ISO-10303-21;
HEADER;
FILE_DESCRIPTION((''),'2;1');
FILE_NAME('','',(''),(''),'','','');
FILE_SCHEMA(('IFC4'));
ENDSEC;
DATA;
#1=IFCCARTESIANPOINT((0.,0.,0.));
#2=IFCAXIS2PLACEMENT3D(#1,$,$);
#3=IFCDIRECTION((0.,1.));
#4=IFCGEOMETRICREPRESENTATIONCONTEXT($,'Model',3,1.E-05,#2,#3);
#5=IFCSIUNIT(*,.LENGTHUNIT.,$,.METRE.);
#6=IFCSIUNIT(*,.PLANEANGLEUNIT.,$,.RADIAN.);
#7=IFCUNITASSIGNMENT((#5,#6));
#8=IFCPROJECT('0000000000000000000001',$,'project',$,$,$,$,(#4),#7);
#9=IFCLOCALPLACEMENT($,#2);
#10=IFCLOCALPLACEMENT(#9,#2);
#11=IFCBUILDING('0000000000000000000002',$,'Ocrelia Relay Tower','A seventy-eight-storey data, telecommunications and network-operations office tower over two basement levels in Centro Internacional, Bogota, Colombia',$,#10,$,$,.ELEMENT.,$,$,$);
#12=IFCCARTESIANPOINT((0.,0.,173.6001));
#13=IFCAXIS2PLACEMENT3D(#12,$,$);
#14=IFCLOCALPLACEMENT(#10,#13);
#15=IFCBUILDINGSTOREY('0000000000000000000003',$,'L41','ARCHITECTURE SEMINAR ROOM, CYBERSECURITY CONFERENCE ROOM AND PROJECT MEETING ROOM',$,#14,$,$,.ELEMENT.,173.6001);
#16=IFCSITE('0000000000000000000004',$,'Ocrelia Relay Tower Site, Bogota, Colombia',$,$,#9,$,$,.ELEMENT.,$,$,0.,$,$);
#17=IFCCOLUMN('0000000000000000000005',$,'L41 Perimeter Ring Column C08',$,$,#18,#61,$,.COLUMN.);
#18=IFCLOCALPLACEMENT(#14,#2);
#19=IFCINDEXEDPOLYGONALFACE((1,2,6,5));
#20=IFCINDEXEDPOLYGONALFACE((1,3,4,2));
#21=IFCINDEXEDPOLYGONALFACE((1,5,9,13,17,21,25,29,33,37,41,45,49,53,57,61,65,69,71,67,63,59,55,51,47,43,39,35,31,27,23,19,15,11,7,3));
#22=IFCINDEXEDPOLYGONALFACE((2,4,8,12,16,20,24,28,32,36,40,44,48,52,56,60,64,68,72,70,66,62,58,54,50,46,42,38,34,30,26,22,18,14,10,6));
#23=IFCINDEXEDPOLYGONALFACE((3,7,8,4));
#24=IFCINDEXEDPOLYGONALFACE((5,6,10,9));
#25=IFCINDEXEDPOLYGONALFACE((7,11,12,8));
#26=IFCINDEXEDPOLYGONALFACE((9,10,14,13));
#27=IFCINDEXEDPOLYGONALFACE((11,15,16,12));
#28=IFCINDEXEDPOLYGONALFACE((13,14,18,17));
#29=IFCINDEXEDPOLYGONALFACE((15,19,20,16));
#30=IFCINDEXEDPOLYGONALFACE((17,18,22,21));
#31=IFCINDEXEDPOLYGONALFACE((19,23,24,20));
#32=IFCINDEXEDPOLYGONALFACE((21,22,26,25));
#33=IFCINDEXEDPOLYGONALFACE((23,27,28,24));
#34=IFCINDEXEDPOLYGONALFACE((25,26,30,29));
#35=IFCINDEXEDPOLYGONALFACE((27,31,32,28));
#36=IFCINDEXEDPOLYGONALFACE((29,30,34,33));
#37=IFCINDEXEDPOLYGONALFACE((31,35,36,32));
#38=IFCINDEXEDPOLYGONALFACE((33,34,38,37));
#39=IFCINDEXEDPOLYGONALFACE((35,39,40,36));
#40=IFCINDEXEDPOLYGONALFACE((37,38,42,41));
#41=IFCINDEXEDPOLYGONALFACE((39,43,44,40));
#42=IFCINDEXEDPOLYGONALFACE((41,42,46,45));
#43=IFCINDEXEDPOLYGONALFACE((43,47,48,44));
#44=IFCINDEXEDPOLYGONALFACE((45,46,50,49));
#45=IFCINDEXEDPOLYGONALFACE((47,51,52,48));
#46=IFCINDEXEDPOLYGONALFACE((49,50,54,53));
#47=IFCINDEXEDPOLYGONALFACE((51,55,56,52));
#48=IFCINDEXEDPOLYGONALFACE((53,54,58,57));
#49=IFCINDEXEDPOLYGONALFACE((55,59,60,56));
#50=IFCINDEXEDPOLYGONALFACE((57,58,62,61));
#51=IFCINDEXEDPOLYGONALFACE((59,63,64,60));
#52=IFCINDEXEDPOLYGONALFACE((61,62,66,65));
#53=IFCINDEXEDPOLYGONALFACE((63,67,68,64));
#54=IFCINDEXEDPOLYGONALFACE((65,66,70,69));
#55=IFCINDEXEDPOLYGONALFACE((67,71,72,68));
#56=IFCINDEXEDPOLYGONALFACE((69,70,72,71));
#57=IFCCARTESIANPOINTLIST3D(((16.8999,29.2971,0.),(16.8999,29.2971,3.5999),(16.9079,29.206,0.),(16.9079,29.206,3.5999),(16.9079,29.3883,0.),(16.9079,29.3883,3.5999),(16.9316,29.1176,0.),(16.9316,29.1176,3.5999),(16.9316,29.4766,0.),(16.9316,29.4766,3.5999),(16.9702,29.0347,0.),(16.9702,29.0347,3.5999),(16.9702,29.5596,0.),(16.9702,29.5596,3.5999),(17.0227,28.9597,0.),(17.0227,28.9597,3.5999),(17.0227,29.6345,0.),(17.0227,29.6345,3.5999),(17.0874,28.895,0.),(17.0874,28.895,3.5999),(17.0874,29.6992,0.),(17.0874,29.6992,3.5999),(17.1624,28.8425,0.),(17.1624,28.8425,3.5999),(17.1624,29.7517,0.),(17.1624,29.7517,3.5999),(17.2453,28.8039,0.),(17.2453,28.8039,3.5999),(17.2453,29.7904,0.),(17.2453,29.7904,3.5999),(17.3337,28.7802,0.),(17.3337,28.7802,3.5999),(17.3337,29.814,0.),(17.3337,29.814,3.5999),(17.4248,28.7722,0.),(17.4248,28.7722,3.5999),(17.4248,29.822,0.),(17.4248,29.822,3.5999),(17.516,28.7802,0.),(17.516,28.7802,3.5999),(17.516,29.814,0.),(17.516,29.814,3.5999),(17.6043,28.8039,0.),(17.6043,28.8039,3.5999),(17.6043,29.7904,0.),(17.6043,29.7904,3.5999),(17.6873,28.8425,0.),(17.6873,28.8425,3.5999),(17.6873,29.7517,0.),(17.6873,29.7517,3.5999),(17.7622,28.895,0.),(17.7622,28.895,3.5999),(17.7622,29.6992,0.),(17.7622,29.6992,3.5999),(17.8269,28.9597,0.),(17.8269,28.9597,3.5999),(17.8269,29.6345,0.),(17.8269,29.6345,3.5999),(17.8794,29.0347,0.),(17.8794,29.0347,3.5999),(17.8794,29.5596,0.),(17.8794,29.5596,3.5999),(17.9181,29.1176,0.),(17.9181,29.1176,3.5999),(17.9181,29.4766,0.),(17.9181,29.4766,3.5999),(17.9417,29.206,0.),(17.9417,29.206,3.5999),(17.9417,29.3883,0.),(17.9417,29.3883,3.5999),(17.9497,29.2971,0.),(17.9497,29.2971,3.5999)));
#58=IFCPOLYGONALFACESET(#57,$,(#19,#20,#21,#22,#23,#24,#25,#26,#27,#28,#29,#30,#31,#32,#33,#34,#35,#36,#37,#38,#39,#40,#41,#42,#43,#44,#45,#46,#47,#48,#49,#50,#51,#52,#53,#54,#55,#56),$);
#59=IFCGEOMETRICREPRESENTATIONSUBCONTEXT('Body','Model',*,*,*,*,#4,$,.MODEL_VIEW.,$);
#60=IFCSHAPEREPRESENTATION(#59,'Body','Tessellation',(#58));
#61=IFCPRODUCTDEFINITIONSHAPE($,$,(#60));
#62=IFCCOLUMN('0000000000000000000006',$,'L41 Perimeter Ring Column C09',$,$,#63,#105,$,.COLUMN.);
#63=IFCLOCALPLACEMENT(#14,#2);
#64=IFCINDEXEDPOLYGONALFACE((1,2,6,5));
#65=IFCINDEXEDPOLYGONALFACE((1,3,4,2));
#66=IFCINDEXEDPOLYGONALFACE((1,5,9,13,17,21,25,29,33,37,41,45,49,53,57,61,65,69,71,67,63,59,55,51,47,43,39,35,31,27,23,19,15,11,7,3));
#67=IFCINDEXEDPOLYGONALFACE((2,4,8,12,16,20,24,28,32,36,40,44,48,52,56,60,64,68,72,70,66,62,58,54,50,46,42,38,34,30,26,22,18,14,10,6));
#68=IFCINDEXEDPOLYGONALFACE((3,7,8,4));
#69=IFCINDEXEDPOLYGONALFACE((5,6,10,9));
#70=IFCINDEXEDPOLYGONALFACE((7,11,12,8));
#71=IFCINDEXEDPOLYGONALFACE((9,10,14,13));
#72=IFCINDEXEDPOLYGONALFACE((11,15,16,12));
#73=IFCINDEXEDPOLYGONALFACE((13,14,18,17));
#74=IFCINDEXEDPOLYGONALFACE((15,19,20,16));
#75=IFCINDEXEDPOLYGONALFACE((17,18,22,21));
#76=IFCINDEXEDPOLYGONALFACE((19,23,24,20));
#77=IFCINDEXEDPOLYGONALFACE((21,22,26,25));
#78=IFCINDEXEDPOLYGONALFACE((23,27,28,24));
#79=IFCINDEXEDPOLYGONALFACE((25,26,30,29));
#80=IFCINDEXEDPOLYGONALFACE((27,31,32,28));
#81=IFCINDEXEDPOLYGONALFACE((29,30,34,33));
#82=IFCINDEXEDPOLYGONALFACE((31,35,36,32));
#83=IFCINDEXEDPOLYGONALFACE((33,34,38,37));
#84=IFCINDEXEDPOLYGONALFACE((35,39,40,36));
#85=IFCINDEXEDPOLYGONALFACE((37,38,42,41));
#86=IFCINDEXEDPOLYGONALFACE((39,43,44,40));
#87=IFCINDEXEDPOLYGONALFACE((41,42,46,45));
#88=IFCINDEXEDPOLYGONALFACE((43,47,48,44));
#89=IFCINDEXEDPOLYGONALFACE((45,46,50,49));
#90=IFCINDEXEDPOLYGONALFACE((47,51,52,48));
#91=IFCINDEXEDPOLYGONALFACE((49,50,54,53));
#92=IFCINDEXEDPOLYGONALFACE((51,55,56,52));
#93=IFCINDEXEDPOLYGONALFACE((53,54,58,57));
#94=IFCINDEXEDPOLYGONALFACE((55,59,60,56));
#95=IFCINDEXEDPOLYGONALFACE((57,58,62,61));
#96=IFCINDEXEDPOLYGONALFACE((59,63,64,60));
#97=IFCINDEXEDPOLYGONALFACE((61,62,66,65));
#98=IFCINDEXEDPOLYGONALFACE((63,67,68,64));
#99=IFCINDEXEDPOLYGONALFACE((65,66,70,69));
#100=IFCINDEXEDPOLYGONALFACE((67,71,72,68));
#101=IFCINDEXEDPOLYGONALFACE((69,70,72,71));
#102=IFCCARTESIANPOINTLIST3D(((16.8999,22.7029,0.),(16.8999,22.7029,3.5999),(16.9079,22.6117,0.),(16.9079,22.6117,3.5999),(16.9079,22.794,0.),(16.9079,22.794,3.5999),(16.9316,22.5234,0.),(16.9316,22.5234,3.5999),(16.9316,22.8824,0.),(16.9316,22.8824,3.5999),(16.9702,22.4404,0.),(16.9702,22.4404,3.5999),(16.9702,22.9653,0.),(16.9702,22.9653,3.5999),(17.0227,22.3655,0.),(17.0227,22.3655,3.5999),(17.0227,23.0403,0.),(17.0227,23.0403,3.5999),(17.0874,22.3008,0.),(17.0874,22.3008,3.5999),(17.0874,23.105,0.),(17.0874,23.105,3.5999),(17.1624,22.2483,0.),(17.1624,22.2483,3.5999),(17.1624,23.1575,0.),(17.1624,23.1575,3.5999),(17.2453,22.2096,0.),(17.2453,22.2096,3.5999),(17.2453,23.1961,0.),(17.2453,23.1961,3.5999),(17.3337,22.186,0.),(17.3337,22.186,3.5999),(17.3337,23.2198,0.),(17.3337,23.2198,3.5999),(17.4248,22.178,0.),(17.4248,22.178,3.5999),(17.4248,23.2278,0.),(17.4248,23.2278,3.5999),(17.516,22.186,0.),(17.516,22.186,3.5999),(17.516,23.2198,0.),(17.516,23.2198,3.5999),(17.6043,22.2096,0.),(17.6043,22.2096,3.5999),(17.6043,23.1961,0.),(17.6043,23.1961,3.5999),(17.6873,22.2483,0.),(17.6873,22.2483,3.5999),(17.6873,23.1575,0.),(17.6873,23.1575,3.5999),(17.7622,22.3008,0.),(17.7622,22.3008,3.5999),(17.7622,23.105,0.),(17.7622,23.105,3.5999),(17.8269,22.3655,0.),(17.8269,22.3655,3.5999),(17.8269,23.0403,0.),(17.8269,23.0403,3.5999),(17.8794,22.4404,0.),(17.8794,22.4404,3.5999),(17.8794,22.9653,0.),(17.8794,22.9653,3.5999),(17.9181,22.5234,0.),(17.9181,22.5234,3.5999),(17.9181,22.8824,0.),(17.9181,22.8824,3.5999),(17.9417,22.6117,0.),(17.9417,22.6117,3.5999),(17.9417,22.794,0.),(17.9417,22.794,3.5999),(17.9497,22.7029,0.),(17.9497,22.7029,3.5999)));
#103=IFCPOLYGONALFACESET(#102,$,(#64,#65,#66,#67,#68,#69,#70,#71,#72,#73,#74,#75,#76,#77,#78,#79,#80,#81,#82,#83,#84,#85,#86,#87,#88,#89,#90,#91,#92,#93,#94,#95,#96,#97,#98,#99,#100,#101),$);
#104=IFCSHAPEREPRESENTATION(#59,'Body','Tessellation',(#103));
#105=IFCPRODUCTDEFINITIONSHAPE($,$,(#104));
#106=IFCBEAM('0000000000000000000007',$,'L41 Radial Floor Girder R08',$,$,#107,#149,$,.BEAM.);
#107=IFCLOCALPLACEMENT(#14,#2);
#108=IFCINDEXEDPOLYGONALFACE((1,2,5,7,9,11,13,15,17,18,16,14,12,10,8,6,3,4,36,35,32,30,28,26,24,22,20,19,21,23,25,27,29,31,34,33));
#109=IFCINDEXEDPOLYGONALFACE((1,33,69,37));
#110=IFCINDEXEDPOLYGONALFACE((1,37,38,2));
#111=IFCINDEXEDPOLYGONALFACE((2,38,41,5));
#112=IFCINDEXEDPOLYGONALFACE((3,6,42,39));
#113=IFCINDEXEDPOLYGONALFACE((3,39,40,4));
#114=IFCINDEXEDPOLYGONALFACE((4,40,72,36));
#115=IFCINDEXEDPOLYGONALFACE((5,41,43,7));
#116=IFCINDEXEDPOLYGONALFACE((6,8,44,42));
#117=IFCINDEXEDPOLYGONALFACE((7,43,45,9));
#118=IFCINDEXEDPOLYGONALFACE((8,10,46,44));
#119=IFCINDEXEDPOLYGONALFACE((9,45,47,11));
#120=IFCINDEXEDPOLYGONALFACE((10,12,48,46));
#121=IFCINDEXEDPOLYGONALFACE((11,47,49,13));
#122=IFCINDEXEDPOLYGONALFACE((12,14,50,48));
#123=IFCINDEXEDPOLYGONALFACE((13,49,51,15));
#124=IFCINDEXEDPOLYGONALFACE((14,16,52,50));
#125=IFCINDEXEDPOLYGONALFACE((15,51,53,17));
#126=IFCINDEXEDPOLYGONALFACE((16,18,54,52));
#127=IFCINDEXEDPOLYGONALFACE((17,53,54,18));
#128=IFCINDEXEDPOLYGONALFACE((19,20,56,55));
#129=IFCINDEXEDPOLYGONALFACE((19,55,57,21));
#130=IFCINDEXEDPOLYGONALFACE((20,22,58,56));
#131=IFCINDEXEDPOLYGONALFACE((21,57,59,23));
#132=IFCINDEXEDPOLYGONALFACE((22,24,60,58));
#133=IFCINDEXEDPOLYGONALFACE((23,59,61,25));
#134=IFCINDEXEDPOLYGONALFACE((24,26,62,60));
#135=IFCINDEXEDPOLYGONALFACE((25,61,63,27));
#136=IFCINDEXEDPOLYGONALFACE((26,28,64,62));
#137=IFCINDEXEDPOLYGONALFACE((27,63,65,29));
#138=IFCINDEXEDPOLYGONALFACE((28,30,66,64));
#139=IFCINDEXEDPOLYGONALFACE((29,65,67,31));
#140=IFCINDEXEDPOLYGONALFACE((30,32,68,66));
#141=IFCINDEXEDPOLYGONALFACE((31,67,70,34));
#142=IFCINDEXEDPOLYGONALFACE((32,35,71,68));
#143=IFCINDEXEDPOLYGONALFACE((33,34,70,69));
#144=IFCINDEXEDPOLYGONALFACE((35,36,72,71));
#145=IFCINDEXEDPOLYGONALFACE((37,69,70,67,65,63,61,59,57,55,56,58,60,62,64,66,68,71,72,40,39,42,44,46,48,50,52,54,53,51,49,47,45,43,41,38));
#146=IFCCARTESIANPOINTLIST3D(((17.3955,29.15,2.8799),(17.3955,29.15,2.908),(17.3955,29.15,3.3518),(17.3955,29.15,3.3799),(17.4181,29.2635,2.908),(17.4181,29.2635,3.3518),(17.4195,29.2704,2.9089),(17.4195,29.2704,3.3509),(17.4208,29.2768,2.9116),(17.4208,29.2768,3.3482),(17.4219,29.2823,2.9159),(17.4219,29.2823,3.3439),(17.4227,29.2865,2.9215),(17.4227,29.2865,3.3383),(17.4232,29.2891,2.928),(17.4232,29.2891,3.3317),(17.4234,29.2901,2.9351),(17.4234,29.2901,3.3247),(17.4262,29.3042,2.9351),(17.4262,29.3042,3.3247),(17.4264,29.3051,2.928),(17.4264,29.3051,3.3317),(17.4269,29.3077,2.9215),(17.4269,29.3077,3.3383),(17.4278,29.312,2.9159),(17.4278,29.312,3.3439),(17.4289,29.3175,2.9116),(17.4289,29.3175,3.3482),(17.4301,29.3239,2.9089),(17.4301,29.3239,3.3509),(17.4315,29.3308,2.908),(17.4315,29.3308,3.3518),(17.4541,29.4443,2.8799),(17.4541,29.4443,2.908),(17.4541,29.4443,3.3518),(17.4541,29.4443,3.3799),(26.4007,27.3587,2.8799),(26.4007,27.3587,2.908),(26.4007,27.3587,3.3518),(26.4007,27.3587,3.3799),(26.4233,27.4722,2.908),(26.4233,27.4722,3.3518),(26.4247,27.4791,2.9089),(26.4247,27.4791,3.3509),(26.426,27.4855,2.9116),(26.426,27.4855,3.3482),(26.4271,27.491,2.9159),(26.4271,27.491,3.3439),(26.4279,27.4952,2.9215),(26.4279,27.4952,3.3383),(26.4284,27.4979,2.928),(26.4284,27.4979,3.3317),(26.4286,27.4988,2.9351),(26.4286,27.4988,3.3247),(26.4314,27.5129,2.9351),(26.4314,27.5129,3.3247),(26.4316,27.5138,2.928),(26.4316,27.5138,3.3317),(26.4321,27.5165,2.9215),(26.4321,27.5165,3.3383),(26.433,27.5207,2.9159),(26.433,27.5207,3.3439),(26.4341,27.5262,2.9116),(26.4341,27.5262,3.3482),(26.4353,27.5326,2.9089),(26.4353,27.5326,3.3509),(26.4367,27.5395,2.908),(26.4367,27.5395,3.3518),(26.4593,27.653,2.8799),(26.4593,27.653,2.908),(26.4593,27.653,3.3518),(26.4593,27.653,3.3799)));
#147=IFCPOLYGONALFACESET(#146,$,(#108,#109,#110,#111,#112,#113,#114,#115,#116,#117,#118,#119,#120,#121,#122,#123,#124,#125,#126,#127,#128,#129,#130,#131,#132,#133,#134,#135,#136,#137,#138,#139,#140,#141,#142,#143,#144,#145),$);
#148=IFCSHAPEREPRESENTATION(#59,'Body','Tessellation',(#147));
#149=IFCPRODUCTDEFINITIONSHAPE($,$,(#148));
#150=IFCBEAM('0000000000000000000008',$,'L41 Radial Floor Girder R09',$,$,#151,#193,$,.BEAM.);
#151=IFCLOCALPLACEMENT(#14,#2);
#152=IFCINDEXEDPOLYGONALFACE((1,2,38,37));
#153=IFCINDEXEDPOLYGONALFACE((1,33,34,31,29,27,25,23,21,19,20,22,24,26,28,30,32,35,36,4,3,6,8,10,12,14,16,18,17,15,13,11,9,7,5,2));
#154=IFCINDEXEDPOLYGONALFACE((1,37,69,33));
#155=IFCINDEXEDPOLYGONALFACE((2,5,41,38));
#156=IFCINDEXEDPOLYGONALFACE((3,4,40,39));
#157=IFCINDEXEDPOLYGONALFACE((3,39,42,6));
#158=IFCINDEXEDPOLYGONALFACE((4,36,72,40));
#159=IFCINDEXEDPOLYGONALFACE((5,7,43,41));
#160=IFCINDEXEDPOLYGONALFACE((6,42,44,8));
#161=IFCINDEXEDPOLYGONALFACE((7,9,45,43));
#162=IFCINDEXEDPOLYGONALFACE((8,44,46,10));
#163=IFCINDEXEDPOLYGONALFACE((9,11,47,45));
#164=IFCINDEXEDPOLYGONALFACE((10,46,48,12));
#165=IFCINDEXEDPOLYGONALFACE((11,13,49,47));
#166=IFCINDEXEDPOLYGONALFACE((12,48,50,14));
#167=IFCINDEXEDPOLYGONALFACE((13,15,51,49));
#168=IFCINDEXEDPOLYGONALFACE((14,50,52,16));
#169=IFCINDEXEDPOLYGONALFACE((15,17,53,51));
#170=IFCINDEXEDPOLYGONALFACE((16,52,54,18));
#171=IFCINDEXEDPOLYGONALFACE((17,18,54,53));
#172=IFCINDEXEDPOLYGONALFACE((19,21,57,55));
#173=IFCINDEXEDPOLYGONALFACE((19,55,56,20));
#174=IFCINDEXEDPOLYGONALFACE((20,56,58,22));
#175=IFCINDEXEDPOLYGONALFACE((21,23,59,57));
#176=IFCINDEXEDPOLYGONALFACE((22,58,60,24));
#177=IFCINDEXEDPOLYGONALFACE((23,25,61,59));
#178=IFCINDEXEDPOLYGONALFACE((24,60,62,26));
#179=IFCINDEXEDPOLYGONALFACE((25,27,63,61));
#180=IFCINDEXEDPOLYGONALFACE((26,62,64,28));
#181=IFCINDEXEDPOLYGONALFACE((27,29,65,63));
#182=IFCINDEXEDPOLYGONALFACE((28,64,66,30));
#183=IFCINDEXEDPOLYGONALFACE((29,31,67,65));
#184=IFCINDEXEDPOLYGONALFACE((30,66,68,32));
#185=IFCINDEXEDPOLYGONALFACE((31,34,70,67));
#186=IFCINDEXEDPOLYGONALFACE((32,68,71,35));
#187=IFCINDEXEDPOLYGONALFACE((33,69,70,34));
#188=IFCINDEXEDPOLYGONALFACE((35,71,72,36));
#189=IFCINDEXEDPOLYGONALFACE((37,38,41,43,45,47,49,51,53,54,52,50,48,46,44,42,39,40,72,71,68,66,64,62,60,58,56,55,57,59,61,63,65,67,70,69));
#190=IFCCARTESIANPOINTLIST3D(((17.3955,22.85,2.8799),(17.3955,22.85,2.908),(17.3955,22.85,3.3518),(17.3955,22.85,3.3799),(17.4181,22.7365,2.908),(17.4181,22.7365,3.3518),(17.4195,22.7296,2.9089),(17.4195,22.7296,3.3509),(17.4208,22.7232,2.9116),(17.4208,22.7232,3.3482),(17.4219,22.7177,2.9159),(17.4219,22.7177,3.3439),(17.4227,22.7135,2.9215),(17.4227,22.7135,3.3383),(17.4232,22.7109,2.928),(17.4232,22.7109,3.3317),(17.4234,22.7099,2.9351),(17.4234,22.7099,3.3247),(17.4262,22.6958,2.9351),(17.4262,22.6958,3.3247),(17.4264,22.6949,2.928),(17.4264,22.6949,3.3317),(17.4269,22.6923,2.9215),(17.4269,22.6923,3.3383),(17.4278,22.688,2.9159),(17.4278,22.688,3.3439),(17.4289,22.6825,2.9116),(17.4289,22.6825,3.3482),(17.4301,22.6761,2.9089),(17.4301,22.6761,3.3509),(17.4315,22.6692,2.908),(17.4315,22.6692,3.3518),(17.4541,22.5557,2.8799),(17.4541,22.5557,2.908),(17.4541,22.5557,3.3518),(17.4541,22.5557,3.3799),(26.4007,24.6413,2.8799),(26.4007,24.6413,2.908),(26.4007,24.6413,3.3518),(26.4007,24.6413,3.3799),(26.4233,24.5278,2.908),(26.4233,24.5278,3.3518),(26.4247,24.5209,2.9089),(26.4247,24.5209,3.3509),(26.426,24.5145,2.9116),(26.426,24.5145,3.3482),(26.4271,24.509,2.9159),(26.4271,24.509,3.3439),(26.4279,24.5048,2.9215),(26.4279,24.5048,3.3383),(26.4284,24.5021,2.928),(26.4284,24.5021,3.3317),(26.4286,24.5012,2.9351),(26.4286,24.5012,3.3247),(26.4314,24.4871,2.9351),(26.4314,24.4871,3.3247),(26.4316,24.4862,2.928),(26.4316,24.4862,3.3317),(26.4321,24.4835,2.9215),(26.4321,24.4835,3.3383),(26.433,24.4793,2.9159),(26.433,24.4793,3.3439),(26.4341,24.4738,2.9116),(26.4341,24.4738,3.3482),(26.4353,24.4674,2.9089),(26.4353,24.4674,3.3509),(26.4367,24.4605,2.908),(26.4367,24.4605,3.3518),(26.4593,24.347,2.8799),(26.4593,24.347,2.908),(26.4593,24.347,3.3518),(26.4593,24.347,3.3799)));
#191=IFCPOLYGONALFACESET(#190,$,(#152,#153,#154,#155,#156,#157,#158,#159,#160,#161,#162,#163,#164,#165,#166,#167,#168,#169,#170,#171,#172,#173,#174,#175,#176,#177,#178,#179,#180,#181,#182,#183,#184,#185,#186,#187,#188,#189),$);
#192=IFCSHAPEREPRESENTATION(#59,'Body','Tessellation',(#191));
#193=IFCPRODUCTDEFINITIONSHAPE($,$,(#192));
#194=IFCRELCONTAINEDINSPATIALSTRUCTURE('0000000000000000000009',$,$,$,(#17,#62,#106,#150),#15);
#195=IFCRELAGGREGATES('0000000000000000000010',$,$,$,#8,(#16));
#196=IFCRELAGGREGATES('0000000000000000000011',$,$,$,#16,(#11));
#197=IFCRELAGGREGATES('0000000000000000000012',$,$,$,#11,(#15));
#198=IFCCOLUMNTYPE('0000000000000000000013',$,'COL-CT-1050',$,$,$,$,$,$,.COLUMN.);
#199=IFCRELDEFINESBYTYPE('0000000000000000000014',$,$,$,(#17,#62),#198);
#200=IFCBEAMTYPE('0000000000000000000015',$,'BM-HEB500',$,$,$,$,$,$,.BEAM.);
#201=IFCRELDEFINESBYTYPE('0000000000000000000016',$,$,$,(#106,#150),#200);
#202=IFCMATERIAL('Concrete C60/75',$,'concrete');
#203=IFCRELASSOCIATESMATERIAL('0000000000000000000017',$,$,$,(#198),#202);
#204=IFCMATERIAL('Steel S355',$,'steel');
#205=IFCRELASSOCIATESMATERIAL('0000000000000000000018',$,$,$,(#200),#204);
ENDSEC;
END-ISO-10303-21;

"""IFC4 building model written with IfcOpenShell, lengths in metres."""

from ifc_helpers import new_model, si_unit, direction, frame, origin, origin_2d, place, context, subcontext, project, spatial, circle, i_section, extrude, material, material_profile, profile_set, type_object, element, save


model = new_model("IFC4")

# Units and contexts
model_context = context("Model", 3, precision=1e-05, world=origin(), true_north=direction((0.0, 1.0)))
body_context = subcontext(model_context, "Body", "Model", "MODEL_VIEW")
ifc_project = project(units=[si_unit("LENGTHUNIT", "METRE"), si_unit("PLANEANGLEUNIT", "RADIAN")], contexts=[model_context])

# Site, building, storey
site_placement = place(None, origin())
site = spatial("IfcSite", under=ifc_project, at=site_placement, Name="Ocrelia Relay Tower Site, Bogota, Colombia", CompositionType="ELEMENT", RefElevation=0.0)
building_placement = place(site_placement, origin())
building = spatial("IfcBuilding", under=site, at=building_placement, Name="Ocrelia Relay Tower", Description="A seventy-eight-storey data, telecommunications and network-operations office tower over two basement levels in Centro Internacional, Bogota, Colombia", CompositionType="ELEMENT")
storey_placement = place(building_placement, frame((0.0, 0.0, 173.6001)))
storey = spatial("IfcBuildingStorey", under=building, at=storey_placement, Name="L41", Description="ARCHITECTURE SEMINAR ROOM, CYBERSECURITY CONFERENCE ROOM AND PROJECT MEETING ROOM", CompositionType="ELEMENT", Elevation=173.6001)

# Columns
ifc_material_1 = material(Name="Concrete C60/75", Category="concrete")
ifc_material_profile_1 = material_profile(ifc_material_1, circle(Radius=0.5249, at=origin_2d()), Name="RC-CIR-1050")
ifc_profile_set_1 = profile_set([ifc_material_profile_1], Name="Concrete C60/75")
column_type = type_object("IfcColumnType", Name="COL-CT-1050", PredefinedType="COLUMN", material=ifc_profile_set_1)
for number, where, z_axis, x_axis, name in (
    (1, (17.4248, 29.2971, 0.0), (0.0, 0.0, 1.0), (1.0, 0.0, 0.0), "L41 Perimeter Ring Column C08"),
    (2, (17.4248, 22.7029, 0.0), (0.0, 0.0, 1.0), (1.0, 0.0, 0.0), "L41 Perimeter Ring Column C09"),
):
    element("IfcColumn", number, at=place(storey_placement, frame(where, z_axis=z_axis, x_axis=x_axis)), inside=storey, type_object=column_type, Name=name, PredefinedType="COLUMN", context=body_context, shape_type="SweptSolid", body=[
        extrude(circle(Radius=0.5249, at=origin_2d()), origin(), (0.0, 0.0, 1.0), 3.5999),
    ])

# Beams
ifc_material_2 = material(Name="Steel S355", Category="steel")
ifc_material_profile_2 = material_profile(ifc_material_2, i_section(OverallWidth=0.3, OverallDepth=0.5, WebThickness=0.0144, FlangeThickness=0.0281, FilletRadius=0.0271, at=origin_2d()), Name="HEB 500")
ifc_profile_set_2 = profile_set([ifc_material_profile_2], Name="Steel S355")
beam_type_1 = type_object("IfcBeamType", Name="BM-HEB500", PredefinedType="BEAM", material=ifc_profile_set_2)
for number, where, z_axis, x_axis, name in (
    (3, (17.4248, 29.2971, 3.1299), (0.980785, -0.195093, 0.0), (0.195093, 0.980785, 0.0), "L41 Radial Floor Girder R08"),
    (4, (17.4248, 22.7029, 3.1299), (0.980785, 0.195093, 0.0), (-0.195093, 0.980785, 0.0), "L41 Radial Floor Girder R09"),
):
    element("IfcBeam", number, at=place(storey_placement, frame(where, z_axis=z_axis, x_axis=x_axis)), inside=storey, type_object=beam_type_1, Name=name, PredefinedType="BEAM", context=body_context, shape_type="SweptSolid", body=[
        extrude(i_section(OverallWidth=0.3, OverallDepth=0.5, WebThickness=0.0144, FlangeThickness=0.0281, FilletRadius=0.0271, at=origin_2d()), origin(), (0.0, 0.0, 1.0), 9.1816),
    ])

save(model, "model.ifc")
